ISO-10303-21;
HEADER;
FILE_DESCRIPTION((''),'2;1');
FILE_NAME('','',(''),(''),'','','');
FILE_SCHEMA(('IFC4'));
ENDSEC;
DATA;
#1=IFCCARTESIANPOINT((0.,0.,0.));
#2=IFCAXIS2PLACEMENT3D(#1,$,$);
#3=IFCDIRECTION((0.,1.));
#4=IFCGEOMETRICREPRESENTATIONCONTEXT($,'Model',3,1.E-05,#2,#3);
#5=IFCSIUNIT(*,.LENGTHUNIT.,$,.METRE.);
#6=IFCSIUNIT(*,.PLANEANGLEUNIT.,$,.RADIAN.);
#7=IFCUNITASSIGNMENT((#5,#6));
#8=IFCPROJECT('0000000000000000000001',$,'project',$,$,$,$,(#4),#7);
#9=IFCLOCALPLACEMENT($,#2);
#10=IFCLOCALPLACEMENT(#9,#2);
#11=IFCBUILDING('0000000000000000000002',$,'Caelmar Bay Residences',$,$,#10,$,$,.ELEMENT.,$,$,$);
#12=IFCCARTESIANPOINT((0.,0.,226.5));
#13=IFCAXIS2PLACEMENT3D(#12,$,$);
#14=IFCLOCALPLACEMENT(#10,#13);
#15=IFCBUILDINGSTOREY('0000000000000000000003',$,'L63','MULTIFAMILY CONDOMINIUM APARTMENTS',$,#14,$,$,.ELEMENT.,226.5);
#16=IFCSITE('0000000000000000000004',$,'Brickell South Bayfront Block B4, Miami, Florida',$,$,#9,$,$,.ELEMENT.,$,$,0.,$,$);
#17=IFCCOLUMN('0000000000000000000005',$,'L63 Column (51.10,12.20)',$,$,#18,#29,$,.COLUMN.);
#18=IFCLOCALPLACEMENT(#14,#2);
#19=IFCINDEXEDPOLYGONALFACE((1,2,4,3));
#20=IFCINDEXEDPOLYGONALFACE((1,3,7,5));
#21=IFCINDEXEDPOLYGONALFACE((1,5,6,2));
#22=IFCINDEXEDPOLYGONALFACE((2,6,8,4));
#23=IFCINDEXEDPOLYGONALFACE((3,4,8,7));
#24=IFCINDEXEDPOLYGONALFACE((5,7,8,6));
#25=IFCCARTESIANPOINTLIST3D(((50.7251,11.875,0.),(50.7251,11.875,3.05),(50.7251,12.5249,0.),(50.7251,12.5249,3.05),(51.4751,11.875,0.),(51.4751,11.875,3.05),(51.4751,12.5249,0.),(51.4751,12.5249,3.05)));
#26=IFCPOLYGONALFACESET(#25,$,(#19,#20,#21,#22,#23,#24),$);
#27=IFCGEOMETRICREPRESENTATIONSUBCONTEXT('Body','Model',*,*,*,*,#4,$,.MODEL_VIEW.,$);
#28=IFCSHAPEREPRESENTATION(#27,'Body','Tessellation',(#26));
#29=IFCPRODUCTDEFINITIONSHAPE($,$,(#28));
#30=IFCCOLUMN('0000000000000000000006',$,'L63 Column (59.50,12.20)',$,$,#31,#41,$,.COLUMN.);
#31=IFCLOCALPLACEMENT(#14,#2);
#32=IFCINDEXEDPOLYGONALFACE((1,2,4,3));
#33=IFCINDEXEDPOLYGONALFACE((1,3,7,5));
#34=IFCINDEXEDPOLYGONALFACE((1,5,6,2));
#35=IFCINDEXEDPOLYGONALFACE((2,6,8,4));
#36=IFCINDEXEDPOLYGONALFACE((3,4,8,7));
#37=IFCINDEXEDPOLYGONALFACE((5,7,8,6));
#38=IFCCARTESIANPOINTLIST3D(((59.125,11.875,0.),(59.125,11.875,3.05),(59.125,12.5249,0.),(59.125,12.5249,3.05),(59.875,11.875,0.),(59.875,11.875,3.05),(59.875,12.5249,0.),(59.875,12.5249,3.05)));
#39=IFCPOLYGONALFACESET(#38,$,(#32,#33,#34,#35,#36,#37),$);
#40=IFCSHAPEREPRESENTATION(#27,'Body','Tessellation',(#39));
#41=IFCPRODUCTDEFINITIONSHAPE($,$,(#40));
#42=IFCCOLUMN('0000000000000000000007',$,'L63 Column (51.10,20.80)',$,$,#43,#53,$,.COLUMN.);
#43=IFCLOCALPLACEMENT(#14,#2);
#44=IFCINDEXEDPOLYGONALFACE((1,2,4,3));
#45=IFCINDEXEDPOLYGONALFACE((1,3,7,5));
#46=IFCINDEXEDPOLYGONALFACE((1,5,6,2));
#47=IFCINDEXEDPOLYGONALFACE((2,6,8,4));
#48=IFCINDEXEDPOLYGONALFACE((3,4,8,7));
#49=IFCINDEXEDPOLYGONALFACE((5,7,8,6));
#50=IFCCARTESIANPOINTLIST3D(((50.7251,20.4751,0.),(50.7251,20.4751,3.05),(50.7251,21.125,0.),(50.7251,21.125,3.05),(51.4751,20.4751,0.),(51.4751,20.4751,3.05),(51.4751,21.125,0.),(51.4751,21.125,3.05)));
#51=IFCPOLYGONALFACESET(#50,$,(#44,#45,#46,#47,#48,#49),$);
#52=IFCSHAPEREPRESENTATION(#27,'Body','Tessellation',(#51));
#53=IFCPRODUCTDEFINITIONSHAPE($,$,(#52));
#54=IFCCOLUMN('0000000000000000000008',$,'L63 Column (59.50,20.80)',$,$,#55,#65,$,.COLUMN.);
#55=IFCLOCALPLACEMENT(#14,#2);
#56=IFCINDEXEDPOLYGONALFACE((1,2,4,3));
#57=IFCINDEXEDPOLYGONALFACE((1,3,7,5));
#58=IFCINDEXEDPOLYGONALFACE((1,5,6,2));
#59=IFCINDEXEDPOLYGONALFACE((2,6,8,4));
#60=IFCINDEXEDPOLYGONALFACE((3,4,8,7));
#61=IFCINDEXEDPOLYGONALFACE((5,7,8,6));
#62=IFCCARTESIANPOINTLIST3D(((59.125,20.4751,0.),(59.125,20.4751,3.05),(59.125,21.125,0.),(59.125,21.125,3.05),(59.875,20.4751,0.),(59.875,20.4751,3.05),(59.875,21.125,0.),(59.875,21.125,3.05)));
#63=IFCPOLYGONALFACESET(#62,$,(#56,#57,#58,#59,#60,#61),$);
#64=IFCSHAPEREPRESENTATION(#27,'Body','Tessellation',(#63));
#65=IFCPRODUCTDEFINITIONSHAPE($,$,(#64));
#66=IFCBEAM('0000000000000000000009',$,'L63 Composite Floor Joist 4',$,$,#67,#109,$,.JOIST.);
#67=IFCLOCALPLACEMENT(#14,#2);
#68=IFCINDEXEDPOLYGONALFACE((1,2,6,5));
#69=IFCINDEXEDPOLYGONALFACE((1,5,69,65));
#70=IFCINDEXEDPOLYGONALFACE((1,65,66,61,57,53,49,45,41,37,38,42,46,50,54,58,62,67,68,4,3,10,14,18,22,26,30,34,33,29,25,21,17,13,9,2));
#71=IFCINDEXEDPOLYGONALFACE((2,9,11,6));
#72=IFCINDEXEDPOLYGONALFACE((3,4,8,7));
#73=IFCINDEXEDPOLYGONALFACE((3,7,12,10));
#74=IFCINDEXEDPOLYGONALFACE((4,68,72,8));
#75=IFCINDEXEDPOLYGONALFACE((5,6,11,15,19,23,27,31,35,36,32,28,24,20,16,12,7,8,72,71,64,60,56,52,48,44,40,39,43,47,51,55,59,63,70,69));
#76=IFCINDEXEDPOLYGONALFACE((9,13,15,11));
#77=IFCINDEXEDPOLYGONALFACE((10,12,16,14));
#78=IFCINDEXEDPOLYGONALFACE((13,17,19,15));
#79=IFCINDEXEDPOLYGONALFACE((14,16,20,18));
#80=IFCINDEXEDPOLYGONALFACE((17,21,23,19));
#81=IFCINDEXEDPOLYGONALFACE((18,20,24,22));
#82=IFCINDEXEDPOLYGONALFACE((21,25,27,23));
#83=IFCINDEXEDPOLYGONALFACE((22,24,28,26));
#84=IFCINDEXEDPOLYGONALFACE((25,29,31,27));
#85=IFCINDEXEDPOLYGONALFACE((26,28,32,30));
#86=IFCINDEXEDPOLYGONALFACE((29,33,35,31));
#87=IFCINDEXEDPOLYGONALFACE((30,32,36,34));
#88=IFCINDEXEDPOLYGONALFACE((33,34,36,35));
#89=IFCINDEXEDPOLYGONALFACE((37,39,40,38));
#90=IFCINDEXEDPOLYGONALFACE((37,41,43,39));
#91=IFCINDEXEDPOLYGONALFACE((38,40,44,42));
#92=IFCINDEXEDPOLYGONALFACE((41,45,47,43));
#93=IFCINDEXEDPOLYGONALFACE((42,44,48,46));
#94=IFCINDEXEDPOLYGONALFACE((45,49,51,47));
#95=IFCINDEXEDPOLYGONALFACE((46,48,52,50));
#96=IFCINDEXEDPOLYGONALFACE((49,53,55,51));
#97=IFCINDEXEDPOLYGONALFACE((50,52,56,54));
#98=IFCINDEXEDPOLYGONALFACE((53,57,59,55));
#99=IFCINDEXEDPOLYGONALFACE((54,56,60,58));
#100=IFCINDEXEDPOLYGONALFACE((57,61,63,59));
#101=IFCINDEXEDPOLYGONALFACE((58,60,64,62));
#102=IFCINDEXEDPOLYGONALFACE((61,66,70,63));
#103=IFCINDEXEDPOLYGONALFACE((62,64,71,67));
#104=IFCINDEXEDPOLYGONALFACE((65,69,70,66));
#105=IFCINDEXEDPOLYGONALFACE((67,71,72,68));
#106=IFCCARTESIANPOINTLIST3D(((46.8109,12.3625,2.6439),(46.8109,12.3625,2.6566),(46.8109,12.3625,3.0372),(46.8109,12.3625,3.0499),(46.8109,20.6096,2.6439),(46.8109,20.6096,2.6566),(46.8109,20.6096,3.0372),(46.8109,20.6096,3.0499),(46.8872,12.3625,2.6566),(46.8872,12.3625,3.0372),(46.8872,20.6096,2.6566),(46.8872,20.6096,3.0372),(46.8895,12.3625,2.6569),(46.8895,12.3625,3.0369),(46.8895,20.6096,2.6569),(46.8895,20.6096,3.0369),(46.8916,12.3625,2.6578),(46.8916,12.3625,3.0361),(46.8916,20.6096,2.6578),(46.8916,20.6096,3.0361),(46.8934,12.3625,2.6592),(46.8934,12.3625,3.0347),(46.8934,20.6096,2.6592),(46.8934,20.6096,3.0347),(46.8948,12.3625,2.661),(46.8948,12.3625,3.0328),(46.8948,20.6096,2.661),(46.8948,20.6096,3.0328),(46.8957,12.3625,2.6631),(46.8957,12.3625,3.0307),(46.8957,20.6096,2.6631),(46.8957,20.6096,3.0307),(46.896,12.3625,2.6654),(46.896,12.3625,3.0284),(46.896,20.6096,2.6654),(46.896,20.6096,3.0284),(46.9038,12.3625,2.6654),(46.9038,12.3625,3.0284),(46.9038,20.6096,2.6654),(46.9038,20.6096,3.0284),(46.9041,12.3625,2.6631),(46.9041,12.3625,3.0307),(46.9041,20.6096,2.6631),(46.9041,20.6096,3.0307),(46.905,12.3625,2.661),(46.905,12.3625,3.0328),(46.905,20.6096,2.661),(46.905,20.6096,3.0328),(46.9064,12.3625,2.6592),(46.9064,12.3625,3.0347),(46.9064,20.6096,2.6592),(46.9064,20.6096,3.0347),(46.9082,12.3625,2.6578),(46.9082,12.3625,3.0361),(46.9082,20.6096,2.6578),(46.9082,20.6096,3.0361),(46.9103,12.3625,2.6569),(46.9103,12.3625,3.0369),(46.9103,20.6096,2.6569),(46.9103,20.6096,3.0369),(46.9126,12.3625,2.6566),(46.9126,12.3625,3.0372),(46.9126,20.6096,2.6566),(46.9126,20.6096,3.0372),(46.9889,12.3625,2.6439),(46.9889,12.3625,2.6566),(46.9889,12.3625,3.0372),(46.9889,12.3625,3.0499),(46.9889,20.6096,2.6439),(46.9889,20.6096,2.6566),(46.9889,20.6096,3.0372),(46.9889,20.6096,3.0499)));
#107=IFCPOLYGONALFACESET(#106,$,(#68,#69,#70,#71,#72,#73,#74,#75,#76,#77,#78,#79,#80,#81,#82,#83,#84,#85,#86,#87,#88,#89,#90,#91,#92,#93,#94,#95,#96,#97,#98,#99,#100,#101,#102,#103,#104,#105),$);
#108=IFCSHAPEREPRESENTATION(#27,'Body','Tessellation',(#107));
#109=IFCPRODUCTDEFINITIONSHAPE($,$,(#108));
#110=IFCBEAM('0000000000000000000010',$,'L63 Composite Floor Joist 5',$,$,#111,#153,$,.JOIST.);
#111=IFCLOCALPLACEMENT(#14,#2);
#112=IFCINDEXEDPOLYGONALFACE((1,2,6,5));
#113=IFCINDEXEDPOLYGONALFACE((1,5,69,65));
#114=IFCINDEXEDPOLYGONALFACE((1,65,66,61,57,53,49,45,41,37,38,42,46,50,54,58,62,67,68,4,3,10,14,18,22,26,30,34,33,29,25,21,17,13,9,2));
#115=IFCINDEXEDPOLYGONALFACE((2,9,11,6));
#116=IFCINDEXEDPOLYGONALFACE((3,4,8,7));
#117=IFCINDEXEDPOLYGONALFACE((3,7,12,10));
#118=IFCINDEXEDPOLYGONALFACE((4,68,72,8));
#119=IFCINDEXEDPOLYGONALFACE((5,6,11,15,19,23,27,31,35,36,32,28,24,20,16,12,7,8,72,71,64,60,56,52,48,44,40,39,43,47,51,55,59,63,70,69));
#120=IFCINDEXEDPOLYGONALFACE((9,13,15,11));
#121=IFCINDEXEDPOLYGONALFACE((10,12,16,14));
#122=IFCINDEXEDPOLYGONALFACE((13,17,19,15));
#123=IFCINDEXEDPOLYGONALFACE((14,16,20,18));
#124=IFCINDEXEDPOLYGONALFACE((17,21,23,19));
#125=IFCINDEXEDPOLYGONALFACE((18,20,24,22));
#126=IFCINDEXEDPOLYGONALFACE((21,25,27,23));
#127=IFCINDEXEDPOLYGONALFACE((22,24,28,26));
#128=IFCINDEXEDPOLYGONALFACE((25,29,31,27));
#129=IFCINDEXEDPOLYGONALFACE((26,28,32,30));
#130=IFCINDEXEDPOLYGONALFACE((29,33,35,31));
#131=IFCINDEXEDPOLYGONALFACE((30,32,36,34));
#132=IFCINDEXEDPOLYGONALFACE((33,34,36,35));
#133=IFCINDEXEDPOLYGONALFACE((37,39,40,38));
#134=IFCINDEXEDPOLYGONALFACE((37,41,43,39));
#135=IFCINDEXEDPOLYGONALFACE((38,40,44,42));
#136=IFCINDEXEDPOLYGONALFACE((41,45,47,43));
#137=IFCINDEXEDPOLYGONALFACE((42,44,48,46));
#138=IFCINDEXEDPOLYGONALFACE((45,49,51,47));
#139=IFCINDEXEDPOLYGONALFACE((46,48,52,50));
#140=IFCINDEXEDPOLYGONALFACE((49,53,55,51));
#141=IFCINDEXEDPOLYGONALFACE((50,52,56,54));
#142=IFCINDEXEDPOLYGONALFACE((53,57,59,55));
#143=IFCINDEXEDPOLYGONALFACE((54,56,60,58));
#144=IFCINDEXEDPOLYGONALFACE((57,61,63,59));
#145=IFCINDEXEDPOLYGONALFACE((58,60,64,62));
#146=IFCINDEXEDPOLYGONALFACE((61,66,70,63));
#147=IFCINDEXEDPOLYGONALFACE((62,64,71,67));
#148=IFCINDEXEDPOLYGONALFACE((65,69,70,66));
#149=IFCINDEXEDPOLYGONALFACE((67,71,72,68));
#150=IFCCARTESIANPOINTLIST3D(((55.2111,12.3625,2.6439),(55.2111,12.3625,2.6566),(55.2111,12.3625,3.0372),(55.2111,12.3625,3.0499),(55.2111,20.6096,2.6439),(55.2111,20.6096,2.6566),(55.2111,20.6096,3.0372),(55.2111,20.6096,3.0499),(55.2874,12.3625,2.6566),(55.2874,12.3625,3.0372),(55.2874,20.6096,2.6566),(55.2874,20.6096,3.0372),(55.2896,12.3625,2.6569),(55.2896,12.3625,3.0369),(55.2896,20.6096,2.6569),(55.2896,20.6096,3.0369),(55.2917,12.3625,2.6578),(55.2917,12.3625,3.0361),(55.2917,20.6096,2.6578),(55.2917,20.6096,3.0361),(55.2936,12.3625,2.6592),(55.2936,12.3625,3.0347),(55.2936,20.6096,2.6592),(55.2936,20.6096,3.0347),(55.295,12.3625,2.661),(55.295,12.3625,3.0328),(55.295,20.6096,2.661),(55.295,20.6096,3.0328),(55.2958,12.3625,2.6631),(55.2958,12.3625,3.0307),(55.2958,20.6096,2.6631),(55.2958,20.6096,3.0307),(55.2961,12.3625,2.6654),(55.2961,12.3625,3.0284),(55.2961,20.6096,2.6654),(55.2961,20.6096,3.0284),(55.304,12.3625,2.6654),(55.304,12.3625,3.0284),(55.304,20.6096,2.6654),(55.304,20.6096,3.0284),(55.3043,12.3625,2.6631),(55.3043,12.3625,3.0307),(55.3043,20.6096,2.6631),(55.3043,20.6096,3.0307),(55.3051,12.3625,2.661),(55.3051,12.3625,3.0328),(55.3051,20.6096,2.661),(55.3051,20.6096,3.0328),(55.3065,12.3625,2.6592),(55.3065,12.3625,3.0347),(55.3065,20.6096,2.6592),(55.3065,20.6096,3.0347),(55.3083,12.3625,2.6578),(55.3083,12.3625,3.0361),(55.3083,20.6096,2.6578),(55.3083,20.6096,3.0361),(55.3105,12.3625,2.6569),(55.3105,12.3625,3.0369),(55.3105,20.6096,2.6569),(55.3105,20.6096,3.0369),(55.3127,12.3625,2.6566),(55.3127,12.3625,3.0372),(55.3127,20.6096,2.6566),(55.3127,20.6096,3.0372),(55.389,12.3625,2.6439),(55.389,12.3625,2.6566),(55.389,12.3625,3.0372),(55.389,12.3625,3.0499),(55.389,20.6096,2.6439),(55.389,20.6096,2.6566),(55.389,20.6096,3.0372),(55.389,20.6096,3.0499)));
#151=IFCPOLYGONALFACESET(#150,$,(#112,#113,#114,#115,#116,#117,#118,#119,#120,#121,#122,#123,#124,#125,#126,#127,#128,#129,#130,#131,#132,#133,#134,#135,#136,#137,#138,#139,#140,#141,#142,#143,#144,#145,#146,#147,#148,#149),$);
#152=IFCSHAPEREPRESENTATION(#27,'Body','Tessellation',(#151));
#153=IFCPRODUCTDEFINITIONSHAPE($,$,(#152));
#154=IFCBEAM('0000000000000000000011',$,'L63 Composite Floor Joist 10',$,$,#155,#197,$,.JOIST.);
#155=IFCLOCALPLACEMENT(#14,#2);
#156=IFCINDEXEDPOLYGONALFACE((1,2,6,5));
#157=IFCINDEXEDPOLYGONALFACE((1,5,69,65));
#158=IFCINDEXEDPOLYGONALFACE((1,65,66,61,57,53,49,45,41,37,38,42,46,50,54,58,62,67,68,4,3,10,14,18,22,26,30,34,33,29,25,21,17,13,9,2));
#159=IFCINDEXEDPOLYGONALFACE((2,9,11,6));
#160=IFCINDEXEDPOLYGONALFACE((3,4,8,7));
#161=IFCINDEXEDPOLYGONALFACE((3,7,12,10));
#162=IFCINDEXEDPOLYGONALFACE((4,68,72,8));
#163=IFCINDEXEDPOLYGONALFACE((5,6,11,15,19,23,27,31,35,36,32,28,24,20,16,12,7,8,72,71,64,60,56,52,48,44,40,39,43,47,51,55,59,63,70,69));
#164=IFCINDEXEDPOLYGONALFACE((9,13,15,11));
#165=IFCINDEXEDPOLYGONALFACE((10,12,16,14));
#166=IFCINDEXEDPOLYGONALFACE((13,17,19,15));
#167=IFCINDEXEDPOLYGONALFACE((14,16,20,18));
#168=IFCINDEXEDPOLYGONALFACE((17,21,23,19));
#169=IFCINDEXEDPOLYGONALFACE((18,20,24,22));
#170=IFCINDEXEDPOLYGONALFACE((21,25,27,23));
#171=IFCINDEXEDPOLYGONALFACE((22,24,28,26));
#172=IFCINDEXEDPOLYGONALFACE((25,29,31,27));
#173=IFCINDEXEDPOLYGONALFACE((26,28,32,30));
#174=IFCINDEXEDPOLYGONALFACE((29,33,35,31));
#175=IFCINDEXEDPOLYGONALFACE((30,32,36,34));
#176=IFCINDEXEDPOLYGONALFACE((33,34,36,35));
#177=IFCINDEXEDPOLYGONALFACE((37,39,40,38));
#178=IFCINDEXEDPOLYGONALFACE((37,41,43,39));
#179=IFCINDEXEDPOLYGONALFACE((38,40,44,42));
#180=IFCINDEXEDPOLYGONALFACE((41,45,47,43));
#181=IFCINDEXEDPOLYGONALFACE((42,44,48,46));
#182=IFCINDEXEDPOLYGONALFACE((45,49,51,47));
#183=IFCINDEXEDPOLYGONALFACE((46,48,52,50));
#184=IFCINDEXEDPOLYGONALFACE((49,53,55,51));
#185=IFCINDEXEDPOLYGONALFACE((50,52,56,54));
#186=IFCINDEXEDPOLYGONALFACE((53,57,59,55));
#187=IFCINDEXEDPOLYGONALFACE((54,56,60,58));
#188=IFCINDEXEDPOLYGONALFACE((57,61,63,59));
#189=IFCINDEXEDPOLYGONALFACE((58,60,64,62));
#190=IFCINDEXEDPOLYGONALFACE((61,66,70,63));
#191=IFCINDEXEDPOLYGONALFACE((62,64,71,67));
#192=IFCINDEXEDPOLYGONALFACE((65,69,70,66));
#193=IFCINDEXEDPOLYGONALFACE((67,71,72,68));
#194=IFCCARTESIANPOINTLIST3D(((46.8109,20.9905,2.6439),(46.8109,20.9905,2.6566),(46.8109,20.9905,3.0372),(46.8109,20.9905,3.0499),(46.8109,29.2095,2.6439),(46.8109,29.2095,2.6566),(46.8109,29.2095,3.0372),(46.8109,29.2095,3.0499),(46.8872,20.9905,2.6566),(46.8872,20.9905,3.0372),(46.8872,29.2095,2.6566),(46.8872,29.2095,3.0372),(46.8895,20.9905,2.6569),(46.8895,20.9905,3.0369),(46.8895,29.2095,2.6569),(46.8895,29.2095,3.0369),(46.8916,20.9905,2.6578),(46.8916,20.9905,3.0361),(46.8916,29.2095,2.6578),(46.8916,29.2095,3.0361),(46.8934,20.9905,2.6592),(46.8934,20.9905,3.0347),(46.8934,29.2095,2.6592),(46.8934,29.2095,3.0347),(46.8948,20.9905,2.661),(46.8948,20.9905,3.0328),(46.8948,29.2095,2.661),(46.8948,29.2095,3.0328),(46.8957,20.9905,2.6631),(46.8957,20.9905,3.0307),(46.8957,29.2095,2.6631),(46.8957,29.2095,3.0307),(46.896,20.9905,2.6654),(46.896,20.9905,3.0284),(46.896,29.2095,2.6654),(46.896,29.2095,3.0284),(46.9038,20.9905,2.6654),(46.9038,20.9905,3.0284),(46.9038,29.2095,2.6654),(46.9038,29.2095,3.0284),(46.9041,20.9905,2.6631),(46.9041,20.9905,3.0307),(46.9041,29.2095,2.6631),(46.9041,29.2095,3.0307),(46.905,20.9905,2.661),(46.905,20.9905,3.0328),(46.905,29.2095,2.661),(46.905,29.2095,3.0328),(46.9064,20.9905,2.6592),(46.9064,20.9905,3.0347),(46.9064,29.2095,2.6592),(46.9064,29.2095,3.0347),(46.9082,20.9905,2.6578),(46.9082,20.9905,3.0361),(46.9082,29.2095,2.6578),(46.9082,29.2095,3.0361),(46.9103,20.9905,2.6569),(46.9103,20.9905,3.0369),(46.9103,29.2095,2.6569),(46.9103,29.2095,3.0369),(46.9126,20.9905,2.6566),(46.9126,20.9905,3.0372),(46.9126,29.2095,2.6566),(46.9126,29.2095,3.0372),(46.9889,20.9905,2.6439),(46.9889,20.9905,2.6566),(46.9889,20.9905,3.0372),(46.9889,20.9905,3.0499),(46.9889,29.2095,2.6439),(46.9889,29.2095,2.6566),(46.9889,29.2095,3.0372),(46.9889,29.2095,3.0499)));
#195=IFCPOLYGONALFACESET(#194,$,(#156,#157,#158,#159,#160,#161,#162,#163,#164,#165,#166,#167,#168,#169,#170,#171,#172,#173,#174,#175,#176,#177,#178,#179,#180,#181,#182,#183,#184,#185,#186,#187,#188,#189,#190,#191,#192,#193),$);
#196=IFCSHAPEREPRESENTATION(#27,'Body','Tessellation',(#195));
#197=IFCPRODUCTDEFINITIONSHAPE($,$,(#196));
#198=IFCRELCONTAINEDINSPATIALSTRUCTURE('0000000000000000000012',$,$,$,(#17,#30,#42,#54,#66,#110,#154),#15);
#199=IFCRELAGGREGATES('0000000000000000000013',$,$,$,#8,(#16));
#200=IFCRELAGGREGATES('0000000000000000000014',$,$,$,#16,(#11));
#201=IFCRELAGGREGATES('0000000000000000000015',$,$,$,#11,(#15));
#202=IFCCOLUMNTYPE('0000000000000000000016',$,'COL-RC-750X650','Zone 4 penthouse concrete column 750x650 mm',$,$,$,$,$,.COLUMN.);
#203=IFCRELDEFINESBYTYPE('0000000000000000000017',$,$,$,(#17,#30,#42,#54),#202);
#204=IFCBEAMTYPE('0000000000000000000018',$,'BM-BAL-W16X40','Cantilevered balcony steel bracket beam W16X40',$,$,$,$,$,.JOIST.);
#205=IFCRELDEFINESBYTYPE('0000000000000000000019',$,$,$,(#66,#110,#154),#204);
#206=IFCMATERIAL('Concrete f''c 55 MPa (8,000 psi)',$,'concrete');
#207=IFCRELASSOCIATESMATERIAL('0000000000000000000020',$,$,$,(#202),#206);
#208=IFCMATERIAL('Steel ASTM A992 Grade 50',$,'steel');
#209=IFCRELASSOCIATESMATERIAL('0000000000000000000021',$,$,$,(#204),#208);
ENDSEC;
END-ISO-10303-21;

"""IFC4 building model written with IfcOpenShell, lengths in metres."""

from ifc_helpers import new_model, si_unit, direction, frame, origin, origin_2d, place, context, subcontext, project, spatial, rectangle, i_section, extrude, material, material_profile, profile_set, type_object, element, save


model = new_model("IFC4")

# Units and contexts
model_context = context("Model", 3, precision=1e-05, world=origin(), true_north=direction((0.0, 1.0)))
body_context = subcontext(model_context, "Body", "Model", "MODEL_VIEW")
ifc_project = project(units=[si_unit("LENGTHUNIT", "METRE"), si_unit("PLANEANGLEUNIT", "RADIAN")], contexts=[model_context])

# Site, building, storey
site_placement = place(None, origin())
site = spatial("IfcSite", under=ifc_project, at=site_placement, Name="Brickell South Bayfront Block B4, Miami, Florida", CompositionType="ELEMENT", RefElevation=0.0)
building_placement = place(site_placement, origin())
building = spatial("IfcBuilding", under=site, at=building_placement, Name="Caelmar Bay Residences", CompositionType="ELEMENT")
storey_placement = place(building_placement, frame((0.0, 0.0, 226.5)))
storey = spatial("IfcBuildingStorey", under=building, at=storey_placement, Name="L63", Description="MULTIFAMILY CONDOMINIUM APARTMENTS", CompositionType="ELEMENT", Elevation=226.5)

# Columns
ifc_material_1 = material(Name="Concrete f'c 55 MPa (8,000 psi)", Category="concrete")
ifc_material_profile_1 = material_profile(ifc_material_1, rectangle(XDim=0.75, YDim=0.6499, at=origin_2d()), Name="RC-COL-750X650")
ifc_profile_set_1 = profile_set([ifc_material_profile_1], Name="Concrete f'c 55 MPa (8,000 psi)")
column_type = type_object("IfcColumnType", Name="COL-RC-750X650", Description="Zone 4 penthouse concrete column 750x650 mm", PredefinedType="COLUMN", material=ifc_profile_set_1)
for number, where, z_axis, x_axis, name in (
    (1, (51.1001, 12.2, 0.0), (0.0, 0.0, 1.0), (1.0, 0.0, 0.0), "L63 Column (51.10,12.20)"),
    (2, (59.5, 12.2, 0.0), (0.0, 0.0, 1.0), (1.0, 0.0, 0.0), "L63 Column (59.50,12.20)"),
    (3, (51.1001, 20.8, 0.0), (0.0, 0.0, 1.0), (1.0, 0.0, 0.0), "L63 Column (51.10,20.80)"),
    (4, (59.5, 20.8, 0.0), (0.0, 0.0, 1.0), (1.0, 0.0, 0.0), "L63 Column (59.50,20.80)"),
):
    element("IfcColumn", number, at=place(storey_placement, frame(where, z_axis=z_axis, x_axis=x_axis)), inside=storey, type_object=column_type, Name=name, PredefinedType="COLUMN", context=body_context, shape_type="SweptSolid", body=[
        extrude(rectangle(XDim=0.75, YDim=0.6499, at=origin_2d()), origin(), (0.0, 0.0, 1.0), 3.05),
    ])

# Beams
ifc_material_2 = material(Name="Steel ASTM A992 Grade 50", Category="steel")
ifc_material_profile_2 = material_profile(ifc_material_2, i_section(OverallWidth=0.178, OverallDepth=0.406, WebThickness=0.0078, FlangeThickness=0.0127, FilletRadius=0.0088, at=origin_2d()), Name="W16X40")
ifc_profile_set_2 = profile_set([ifc_material_profile_2], Name="Steel ASTM A992 Grade 50")
beam_type_1 = type_object("IfcBeamType", Name="BM-BAL-W16X40", Description="Cantilevered balcony steel bracket beam W16X40", PredefinedType="JOIST", material=ifc_profile_set_2)
for number, where, z_axis, x_axis, name in (
    (5, (46.8999, 12.3625, 2.8469), (0.0, 1.0, 0.0), (-1.0, 0.0, 0.0), "L63 Composite Floor Joist 4"),
    (6, (55.3, 12.3625, 2.8469), (0.0, 1.0, 0.0), (-1.0, 0.0, 0.0), "L63 Composite Floor Joist 5"),
):
    element("IfcBeam", number, at=place(storey_placement, frame(where, z_axis=z_axis, x_axis=x_axis)), inside=storey, type_object=beam_type_1, Name=name, PredefinedType="JOIST", context=body_context, shape_type="SweptSolid", body=[
        extrude(i_section(OverallWidth=0.178, OverallDepth=0.406, WebThickness=0.0078, FlangeThickness=0.0127, FilletRadius=0.0088, at=origin_2d()), origin(), (0.0, 0.0, 1.0), 8.2471),
    ])
for number, where, z_axis, x_axis, name in (
    (7, (46.8999, 20.9905, 2.8469), (0.0, 1.0, 0.0), (-1.0, 0.0, 0.0), "L63 Composite Floor Joist 10"),
):
    element("IfcBeam", number, at=place(storey_placement, frame(where, z_axis=z_axis, x_axis=x_axis)), inside=storey, type_object=beam_type_1, Name=name, PredefinedType="JOIST", context=body_context, shape_type="SweptSolid", body=[
        extrude(i_section(OverallWidth=0.178, OverallDepth=0.406, WebThickness=0.0078, FlangeThickness=0.0127, FilletRadius=0.0088, at=origin_2d()), origin(), (0.0, 0.0, 1.0), 8.219),
    ])

save(model, "model.ifc")
